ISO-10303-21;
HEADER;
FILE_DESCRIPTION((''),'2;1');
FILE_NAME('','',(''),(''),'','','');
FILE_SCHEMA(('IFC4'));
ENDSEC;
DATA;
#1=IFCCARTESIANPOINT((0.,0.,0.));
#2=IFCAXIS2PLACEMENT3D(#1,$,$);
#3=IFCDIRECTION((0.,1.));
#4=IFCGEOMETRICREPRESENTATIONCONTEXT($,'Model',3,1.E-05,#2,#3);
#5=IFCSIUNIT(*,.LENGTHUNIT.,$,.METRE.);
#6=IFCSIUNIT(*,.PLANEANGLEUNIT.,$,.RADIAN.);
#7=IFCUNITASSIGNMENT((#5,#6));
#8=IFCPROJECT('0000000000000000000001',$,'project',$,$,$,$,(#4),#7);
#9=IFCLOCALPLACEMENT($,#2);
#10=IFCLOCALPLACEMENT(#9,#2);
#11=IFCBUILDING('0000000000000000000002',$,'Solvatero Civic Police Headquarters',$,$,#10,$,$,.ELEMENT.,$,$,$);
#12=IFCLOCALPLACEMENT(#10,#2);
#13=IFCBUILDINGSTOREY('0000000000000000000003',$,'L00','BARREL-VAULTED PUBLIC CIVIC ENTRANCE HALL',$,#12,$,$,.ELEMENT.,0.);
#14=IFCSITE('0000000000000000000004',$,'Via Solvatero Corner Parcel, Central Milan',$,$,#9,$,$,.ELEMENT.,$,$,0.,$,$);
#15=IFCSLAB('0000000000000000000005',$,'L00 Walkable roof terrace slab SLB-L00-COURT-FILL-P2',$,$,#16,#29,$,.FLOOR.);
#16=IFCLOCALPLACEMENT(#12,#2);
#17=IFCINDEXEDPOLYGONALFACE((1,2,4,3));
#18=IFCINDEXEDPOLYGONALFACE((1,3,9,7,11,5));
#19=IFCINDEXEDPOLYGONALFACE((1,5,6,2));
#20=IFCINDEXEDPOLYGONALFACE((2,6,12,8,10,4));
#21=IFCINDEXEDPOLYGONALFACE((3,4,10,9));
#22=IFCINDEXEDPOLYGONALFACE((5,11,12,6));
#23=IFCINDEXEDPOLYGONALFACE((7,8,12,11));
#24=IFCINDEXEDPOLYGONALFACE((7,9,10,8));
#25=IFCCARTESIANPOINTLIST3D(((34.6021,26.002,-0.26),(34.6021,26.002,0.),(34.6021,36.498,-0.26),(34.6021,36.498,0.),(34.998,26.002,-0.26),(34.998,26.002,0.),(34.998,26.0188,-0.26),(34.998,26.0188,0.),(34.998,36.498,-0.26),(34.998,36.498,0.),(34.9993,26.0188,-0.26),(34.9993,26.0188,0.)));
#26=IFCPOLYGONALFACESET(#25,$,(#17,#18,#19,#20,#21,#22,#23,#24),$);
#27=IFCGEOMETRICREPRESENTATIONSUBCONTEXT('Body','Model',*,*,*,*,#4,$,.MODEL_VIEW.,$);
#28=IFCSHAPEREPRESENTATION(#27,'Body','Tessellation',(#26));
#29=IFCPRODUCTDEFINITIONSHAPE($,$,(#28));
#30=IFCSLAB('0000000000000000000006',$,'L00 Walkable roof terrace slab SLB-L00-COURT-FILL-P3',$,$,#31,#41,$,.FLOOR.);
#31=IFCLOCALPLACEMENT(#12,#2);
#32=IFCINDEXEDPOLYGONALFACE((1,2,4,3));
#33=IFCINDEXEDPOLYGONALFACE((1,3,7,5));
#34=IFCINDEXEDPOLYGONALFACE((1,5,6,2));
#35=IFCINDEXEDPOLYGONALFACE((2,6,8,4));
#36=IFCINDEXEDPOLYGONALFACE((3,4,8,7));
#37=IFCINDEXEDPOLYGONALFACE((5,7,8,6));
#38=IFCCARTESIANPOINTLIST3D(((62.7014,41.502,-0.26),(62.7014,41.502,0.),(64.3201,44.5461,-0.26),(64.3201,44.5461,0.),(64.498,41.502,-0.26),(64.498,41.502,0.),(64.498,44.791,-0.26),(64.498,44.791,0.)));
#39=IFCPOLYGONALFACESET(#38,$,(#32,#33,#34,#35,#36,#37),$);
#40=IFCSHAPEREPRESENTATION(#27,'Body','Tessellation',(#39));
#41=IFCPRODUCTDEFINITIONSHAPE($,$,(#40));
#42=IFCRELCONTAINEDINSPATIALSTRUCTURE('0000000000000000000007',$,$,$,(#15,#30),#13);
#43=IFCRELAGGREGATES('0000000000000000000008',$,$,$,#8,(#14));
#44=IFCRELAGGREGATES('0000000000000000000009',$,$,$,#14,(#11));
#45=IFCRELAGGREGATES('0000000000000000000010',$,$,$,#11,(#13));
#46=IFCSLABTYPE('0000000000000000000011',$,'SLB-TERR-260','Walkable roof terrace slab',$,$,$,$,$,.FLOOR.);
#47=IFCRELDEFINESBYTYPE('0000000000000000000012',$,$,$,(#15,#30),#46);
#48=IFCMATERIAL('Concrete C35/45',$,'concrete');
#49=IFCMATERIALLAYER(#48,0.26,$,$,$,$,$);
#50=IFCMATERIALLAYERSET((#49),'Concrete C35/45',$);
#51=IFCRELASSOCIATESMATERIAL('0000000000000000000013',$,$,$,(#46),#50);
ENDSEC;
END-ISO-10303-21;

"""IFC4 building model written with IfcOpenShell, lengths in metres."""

from ifc_helpers import new_model, si_unit, direction, frame, origin, place, context, subcontext, project, spatial, polyline, outline, extrude, material, layer, layer_set, type_object, element, save


model = new_model("IFC4")

# Units and contexts
model_context = context("Model", 3, precision=1e-05, world=origin(), true_north=direction((0.0, 1.0)))
body_context = subcontext(model_context, "Body", "Model", "MODEL_VIEW")
ifc_project = project(units=[si_unit("LENGTHUNIT", "METRE"), si_unit("PLANEANGLEUNIT", "RADIAN")], contexts=[model_context])

# Site, building, storey
site_placement = place(None, origin())
site = spatial("IfcSite", under=ifc_project, at=site_placement, Name="Via Solvatero Corner Parcel, Central Milan", CompositionType="ELEMENT", RefElevation=0.0)
building_placement = place(site_placement, origin())
building = spatial("IfcBuilding", under=site, at=building_placement, Name="Solvatero Civic Police Headquarters", CompositionType="ELEMENT")
storey_placement = place(building_placement, origin())
storey = spatial("IfcBuildingStorey", under=building, at=storey_placement, Name="L00", Description="BARREL-VAULTED PUBLIC CIVIC ENTRANCE HALL", CompositionType="ELEMENT", Elevation=0.0)

# Slabs
ifc_material = material(Name="Concrete C35/45", Category="concrete")
ifc_layer = layer(ifc_material, 0.26)
ifc_layer_set = layer_set([ifc_layer], Name="Concrete C35/45")
slab_type = type_object("IfcSlabType", Name="SLB-TERR-260", Description="Walkable roof terrace slab", PredefinedType="FLOOR", material=ifc_layer_set)
slab_1_placement = place(storey_placement, frame((0.0, 0.0, -0.26)))
element("IfcSlab", 1, at=slab_1_placement, inside=storey, type_object=slab_type, Name="L00 Walkable roof terrace slab SLB-L00-COURT-FILL-P2", PredefinedType="FLOOR", context=body_context, shape_type="SweptSolid", body=[
    extrude(outline(polyline([(34.998, 36.498), (34.998, 26.0188), (34.9993, 26.0188), (34.998, 26.002), (34.6021, 26.002), (34.6021, 36.498), (34.998, 36.498)])), origin(), (0.0, 0.0, 1.0), 0.26),
])
slab_2_placement = place(storey_placement, frame((0.0, 0.0, -0.26)))
element("IfcSlab", 2, at=slab_2_placement, inside=storey, type_object=slab_type, Name="L00 Walkable roof terrace slab SLB-L00-COURT-FILL-P3", PredefinedType="FLOOR", context=body_context, shape_type="SweptSolid", body=[
    extrude(outline(polyline([(64.498, 44.791), (64.498, 41.502), (62.7014, 41.502), (64.3201, 44.5461), (64.498, 44.791)])), origin(), (0.0, 0.0, 1.0), 0.26),
])

save(model, "model.ifc")
